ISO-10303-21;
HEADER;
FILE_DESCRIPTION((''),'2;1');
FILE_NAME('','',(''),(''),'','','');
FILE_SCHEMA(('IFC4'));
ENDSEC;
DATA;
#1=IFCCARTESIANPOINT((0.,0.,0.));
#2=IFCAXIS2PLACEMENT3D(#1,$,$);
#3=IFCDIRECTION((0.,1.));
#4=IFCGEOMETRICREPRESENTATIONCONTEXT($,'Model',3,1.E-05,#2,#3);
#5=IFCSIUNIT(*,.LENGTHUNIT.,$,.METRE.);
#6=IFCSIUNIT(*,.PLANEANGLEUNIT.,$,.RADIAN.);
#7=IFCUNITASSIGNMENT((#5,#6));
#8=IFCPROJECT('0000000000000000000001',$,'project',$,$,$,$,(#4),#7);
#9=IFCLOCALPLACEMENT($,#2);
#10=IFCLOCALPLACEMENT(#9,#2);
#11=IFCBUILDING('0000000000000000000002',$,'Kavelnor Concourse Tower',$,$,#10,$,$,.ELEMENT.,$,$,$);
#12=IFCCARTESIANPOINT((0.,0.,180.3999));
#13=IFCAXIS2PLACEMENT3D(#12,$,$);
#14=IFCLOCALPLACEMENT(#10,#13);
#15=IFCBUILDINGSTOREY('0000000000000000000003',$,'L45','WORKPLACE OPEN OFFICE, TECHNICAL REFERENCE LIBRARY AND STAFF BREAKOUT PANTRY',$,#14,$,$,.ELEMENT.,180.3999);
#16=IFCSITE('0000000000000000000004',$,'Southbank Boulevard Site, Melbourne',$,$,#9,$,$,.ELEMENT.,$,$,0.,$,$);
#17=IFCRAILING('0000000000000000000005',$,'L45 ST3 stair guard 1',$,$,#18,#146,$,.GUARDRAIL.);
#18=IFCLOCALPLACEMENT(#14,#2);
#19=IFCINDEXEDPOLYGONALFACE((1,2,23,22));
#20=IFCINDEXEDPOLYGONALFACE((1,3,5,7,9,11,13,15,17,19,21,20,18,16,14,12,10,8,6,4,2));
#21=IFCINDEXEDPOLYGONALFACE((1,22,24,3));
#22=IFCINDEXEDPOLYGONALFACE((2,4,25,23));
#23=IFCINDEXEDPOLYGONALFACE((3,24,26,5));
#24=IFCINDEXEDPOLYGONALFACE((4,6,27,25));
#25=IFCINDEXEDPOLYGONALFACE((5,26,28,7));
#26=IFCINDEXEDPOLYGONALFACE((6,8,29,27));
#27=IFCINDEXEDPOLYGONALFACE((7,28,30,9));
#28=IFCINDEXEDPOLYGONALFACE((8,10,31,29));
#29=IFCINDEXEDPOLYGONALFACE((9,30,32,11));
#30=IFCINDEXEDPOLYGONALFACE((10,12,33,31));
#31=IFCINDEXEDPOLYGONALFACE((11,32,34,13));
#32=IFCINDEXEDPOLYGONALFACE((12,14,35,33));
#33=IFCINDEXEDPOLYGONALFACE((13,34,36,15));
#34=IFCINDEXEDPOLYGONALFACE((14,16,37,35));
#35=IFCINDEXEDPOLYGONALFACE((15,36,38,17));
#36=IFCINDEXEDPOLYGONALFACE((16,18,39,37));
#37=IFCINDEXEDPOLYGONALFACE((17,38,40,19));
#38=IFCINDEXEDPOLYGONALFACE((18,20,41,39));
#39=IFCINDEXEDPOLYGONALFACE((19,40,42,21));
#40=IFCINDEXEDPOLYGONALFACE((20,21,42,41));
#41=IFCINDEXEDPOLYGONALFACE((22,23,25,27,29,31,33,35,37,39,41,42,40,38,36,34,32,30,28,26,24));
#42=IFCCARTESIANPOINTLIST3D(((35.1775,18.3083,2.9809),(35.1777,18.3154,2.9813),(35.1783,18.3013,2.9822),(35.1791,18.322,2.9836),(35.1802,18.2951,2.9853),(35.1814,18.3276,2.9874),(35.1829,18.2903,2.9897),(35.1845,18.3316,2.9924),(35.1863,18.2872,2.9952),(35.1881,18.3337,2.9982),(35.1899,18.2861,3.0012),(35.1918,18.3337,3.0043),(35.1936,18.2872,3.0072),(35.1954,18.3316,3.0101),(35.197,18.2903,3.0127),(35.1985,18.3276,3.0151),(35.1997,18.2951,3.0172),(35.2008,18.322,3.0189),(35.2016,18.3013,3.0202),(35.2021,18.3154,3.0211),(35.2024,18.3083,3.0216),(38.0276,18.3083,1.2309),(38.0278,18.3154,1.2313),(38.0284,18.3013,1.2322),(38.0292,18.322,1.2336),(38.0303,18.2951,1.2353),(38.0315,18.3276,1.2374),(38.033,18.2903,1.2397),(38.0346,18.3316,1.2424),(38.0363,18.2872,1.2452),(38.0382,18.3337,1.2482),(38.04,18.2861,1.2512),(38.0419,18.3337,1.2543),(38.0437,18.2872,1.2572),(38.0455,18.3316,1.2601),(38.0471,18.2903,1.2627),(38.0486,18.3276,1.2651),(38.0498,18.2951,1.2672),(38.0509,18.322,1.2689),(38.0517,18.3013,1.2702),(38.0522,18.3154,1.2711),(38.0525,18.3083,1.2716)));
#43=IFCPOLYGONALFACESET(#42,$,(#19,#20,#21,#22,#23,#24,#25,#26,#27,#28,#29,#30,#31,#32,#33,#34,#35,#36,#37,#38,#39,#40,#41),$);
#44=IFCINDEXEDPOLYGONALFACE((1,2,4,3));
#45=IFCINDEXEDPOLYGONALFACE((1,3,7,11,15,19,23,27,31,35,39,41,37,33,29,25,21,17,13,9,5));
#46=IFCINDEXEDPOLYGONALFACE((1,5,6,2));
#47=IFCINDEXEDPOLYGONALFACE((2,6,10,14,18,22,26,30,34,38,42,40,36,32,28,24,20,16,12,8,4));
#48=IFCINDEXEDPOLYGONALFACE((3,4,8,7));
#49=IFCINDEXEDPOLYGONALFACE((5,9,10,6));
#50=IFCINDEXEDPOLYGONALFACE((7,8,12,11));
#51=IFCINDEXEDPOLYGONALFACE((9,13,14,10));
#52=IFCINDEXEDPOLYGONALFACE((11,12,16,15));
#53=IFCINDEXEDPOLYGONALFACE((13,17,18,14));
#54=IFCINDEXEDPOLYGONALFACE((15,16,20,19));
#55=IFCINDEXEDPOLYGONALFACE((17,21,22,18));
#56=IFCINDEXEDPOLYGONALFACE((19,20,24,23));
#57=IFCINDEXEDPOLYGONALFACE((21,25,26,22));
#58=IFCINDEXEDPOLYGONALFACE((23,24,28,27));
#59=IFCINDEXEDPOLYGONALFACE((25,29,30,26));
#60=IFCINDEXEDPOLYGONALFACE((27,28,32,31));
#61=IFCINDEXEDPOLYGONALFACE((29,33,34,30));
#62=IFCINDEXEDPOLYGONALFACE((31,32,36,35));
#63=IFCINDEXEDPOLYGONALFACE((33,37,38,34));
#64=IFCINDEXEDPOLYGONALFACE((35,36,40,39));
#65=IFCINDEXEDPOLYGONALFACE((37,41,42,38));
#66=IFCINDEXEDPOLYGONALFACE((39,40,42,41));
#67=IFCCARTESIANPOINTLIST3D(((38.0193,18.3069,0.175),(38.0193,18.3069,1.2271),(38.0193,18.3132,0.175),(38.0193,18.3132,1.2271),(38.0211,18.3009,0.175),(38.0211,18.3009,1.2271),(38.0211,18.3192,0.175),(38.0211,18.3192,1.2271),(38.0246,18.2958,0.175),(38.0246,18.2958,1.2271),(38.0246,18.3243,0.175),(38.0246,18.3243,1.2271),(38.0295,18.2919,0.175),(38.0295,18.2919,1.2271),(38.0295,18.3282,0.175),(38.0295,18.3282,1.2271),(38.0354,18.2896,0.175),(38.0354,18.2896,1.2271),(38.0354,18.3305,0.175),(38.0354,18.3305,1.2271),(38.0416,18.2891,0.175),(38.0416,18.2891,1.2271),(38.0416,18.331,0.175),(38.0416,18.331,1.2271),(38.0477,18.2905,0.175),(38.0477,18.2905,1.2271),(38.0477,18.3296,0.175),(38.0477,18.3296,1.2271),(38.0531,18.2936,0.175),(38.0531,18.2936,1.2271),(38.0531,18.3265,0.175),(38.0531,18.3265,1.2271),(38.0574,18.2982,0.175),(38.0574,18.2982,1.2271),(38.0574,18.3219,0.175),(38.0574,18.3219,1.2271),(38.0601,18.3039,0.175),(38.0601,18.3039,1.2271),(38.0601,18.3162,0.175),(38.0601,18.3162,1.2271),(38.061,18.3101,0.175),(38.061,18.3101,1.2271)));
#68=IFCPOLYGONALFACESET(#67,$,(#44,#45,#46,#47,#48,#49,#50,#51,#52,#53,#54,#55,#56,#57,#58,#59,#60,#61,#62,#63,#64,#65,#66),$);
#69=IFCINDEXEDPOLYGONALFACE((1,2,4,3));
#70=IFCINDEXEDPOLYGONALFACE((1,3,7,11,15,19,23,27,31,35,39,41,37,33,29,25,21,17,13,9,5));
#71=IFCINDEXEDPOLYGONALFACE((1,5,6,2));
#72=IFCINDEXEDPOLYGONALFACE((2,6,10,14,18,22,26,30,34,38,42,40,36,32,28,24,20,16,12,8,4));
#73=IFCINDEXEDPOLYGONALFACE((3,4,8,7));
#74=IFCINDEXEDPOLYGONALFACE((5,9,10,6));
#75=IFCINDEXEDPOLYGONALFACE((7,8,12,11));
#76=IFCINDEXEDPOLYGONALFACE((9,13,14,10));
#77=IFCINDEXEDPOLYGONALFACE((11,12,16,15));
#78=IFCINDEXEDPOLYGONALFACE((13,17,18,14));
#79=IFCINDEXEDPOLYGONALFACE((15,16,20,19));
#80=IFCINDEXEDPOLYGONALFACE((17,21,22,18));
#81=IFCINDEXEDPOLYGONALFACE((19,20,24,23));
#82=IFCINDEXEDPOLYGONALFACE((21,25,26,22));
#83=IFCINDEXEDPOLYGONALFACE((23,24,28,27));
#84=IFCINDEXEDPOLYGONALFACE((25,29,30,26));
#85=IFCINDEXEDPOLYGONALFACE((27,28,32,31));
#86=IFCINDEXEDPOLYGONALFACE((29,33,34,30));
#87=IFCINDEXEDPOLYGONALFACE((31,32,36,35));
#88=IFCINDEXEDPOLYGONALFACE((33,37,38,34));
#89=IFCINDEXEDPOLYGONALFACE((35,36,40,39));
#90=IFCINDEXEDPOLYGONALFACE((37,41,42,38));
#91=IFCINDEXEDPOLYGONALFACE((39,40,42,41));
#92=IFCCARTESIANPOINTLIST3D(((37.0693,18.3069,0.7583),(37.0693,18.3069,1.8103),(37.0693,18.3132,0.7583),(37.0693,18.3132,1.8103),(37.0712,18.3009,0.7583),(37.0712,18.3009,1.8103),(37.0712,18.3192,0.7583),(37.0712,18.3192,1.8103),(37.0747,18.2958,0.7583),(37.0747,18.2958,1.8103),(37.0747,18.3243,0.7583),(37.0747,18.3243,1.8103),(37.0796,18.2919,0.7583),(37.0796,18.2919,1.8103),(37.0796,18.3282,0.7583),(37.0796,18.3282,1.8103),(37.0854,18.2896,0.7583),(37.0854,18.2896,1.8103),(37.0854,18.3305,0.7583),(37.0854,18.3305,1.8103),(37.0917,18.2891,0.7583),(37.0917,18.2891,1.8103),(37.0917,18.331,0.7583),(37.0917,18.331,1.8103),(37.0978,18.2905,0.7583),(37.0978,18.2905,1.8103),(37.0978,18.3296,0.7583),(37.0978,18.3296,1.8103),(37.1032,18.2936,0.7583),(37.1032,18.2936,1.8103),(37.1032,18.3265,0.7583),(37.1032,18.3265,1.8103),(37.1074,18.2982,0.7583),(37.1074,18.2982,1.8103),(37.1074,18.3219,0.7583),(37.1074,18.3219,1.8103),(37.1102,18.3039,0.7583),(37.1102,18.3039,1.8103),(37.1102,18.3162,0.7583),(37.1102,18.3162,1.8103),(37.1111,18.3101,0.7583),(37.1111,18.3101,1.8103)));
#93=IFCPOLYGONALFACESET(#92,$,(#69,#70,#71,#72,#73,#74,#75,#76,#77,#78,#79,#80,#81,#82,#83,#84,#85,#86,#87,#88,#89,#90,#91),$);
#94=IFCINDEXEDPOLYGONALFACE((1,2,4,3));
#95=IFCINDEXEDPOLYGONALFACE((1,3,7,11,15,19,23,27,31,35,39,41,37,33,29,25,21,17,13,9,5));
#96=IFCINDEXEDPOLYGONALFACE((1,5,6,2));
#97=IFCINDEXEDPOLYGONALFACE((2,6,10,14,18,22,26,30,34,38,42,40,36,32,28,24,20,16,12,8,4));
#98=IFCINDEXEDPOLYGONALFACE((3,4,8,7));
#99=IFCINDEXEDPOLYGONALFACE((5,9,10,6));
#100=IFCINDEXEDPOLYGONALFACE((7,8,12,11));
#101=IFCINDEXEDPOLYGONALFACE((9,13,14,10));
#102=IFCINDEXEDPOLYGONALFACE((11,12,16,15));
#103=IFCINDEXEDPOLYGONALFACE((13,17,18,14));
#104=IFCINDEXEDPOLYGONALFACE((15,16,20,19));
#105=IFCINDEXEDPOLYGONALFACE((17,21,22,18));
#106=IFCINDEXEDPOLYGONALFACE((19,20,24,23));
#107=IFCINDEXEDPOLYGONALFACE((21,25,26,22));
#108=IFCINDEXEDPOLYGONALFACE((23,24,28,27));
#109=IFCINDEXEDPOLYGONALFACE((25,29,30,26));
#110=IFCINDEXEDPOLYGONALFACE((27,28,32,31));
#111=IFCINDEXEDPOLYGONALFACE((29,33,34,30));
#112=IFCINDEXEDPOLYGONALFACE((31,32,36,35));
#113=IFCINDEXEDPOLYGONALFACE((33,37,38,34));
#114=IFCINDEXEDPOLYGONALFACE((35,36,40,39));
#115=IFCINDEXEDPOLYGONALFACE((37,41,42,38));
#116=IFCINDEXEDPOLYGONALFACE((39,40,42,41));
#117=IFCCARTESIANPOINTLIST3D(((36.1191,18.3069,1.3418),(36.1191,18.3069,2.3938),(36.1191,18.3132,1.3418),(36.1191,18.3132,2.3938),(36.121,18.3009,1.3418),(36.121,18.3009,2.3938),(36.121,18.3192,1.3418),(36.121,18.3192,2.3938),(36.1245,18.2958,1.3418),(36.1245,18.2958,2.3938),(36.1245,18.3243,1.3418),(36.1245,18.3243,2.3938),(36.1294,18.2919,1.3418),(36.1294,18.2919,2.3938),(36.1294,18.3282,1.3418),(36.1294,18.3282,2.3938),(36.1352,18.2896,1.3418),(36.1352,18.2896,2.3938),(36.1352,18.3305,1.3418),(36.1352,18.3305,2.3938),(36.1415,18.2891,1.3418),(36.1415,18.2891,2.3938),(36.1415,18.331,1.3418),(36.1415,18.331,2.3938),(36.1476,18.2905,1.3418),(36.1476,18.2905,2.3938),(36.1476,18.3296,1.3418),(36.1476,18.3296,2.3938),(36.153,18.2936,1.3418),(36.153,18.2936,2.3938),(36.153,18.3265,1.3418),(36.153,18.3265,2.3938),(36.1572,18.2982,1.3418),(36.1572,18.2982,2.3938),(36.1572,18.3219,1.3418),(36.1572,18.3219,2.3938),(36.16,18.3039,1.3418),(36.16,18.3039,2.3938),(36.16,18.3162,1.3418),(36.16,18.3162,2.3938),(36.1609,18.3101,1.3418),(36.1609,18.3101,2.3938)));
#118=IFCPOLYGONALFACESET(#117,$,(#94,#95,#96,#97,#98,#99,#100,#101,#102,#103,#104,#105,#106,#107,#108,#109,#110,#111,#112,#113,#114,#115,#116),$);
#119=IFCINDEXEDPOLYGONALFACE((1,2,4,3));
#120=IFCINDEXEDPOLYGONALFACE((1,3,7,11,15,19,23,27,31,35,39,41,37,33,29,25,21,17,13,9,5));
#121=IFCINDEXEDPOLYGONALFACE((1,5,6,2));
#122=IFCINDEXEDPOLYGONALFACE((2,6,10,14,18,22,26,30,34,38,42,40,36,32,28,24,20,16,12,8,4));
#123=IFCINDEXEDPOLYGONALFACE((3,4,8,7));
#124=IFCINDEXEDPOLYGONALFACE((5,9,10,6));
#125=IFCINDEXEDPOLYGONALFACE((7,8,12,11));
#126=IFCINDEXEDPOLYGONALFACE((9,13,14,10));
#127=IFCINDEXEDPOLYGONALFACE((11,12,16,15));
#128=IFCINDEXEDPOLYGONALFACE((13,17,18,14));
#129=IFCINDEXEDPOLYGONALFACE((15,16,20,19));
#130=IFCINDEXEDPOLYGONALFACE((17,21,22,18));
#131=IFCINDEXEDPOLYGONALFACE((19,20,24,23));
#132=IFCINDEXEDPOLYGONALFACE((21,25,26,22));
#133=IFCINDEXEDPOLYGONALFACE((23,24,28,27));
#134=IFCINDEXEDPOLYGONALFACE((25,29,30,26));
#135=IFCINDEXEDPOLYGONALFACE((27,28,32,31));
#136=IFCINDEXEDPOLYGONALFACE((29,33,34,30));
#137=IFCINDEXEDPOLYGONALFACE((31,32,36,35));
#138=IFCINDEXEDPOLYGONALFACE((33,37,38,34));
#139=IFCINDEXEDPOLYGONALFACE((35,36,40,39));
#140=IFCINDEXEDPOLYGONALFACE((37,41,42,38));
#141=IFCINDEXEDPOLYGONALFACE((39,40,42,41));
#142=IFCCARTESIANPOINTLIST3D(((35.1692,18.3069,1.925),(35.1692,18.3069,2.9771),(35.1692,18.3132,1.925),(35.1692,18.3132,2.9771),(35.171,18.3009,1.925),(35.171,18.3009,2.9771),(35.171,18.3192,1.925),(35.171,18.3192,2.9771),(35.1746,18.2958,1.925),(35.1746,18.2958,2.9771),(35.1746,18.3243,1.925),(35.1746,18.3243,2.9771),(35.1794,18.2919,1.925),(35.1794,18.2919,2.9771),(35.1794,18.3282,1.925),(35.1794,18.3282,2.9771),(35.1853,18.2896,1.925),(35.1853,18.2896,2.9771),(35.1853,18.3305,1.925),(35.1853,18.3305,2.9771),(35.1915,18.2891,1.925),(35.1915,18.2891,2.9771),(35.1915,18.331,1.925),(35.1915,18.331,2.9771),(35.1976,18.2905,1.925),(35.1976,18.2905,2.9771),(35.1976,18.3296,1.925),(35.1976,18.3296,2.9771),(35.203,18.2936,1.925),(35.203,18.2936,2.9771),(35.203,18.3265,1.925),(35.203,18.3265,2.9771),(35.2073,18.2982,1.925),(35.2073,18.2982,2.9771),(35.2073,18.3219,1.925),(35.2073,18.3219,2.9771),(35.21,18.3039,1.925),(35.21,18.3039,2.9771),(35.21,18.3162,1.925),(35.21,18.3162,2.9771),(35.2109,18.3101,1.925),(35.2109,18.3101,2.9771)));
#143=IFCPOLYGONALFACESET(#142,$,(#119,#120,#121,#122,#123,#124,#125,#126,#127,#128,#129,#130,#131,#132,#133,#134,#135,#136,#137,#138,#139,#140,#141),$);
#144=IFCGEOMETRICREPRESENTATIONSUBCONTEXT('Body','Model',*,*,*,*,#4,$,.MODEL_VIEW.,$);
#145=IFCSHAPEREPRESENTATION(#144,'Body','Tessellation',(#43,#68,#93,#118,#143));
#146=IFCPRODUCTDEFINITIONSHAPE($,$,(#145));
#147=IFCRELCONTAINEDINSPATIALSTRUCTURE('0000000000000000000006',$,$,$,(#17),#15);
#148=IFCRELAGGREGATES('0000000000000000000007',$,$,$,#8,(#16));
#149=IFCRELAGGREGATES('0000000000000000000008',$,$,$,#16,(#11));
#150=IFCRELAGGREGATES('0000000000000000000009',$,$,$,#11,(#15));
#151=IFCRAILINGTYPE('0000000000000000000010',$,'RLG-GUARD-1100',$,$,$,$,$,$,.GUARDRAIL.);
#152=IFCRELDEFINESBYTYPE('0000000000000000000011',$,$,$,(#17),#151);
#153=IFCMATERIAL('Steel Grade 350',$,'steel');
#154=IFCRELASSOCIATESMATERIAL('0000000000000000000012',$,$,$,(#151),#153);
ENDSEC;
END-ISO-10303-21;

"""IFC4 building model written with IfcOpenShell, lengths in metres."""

from ifc_helpers import new_model, si_unit, direction, frame, origin, origin_2d, place, context, subcontext, project, spatial, circle, extrude, material, type_object, element, save


model = new_model("IFC4")

# Units and contexts
model_context = context("Model", 3, precision=1e-05, world=origin(), true_north=direction((0.0, 1.0)))
body_context = subcontext(model_context, "Body", "Model", "MODEL_VIEW")
ifc_project = project(units=[si_unit("LENGTHUNIT", "METRE"), si_unit("PLANEANGLEUNIT", "RADIAN")], contexts=[model_context])

# Site, building, storey
site_placement = place(None, origin())
site = spatial("IfcSite", under=ifc_project, at=site_placement, Name="Southbank Boulevard Site, Melbourne", CompositionType="ELEMENT", RefElevation=0.0)
building_placement = place(site_placement, origin())
building = spatial("IfcBuilding", under=site, at=building_placement, Name="Kavelnor Concourse Tower", CompositionType="ELEMENT")
storey_placement = place(building_placement, frame((0.0, 0.0, 180.3999)))
storey = spatial("IfcBuildingStorey", under=building, at=storey_placement, Name="L45", Description="WORKPLACE OPEN OFFICE, TECHNICAL REFERENCE LIBRARY AND STAFF BREAKOUT PANTRY", CompositionType="ELEMENT", Elevation=180.3999)

# Shared definitions
ifc_material_1 = material(Name="Steel Grade 350", Category="steel")

# Railing
railing_type_1 = type_object("IfcRailingType", Name="RLG-GUARD-1100", PredefinedType="GUARDRAIL", material=ifc_material_1)
railing_1_placement = place(storey_placement, frame((38.04, 18.3101, 0.175)))
element("IfcRailing", 1, at=railing_1_placement, inside=storey, type_object=railing_type_1, Name="L45 ST3 stair guard 1", PredefinedType="GUARDRAIL", context=body_context, shape_type="SweptSolid", body=[
    extrude(circle(Radius=0.0239, at=origin_2d()), frame((0.0, 0.0, 1.0762), z_axis=(-0.852179, 0.0, 0.52325), x_axis=(0.0, -1.0, 0.0)), (0.0, 0.0, 1.0), 3.3445),
    extrude(circle(Radius=0.021, at=origin_2d()), origin(), (0.0, 0.0, 1.0), 1.052),
    extrude(circle(Radius=0.021, at=origin_2d()), frame((-0.95, 0.0, 0.5833)), (0.0, 0.0, 1.0), 1.052),
    extrude(circle(Radius=0.021, at=origin_2d()), frame((-1.9001, 0.0, 1.1667)), (0.0, 0.0, 1.0), 1.052),
    extrude(circle(Radius=0.021, at=origin_2d()), frame((-2.8501, 0.0, 1.75)), (0.0, 0.0, 1.0), 1.052),
])

save(model, "model.ifc")
